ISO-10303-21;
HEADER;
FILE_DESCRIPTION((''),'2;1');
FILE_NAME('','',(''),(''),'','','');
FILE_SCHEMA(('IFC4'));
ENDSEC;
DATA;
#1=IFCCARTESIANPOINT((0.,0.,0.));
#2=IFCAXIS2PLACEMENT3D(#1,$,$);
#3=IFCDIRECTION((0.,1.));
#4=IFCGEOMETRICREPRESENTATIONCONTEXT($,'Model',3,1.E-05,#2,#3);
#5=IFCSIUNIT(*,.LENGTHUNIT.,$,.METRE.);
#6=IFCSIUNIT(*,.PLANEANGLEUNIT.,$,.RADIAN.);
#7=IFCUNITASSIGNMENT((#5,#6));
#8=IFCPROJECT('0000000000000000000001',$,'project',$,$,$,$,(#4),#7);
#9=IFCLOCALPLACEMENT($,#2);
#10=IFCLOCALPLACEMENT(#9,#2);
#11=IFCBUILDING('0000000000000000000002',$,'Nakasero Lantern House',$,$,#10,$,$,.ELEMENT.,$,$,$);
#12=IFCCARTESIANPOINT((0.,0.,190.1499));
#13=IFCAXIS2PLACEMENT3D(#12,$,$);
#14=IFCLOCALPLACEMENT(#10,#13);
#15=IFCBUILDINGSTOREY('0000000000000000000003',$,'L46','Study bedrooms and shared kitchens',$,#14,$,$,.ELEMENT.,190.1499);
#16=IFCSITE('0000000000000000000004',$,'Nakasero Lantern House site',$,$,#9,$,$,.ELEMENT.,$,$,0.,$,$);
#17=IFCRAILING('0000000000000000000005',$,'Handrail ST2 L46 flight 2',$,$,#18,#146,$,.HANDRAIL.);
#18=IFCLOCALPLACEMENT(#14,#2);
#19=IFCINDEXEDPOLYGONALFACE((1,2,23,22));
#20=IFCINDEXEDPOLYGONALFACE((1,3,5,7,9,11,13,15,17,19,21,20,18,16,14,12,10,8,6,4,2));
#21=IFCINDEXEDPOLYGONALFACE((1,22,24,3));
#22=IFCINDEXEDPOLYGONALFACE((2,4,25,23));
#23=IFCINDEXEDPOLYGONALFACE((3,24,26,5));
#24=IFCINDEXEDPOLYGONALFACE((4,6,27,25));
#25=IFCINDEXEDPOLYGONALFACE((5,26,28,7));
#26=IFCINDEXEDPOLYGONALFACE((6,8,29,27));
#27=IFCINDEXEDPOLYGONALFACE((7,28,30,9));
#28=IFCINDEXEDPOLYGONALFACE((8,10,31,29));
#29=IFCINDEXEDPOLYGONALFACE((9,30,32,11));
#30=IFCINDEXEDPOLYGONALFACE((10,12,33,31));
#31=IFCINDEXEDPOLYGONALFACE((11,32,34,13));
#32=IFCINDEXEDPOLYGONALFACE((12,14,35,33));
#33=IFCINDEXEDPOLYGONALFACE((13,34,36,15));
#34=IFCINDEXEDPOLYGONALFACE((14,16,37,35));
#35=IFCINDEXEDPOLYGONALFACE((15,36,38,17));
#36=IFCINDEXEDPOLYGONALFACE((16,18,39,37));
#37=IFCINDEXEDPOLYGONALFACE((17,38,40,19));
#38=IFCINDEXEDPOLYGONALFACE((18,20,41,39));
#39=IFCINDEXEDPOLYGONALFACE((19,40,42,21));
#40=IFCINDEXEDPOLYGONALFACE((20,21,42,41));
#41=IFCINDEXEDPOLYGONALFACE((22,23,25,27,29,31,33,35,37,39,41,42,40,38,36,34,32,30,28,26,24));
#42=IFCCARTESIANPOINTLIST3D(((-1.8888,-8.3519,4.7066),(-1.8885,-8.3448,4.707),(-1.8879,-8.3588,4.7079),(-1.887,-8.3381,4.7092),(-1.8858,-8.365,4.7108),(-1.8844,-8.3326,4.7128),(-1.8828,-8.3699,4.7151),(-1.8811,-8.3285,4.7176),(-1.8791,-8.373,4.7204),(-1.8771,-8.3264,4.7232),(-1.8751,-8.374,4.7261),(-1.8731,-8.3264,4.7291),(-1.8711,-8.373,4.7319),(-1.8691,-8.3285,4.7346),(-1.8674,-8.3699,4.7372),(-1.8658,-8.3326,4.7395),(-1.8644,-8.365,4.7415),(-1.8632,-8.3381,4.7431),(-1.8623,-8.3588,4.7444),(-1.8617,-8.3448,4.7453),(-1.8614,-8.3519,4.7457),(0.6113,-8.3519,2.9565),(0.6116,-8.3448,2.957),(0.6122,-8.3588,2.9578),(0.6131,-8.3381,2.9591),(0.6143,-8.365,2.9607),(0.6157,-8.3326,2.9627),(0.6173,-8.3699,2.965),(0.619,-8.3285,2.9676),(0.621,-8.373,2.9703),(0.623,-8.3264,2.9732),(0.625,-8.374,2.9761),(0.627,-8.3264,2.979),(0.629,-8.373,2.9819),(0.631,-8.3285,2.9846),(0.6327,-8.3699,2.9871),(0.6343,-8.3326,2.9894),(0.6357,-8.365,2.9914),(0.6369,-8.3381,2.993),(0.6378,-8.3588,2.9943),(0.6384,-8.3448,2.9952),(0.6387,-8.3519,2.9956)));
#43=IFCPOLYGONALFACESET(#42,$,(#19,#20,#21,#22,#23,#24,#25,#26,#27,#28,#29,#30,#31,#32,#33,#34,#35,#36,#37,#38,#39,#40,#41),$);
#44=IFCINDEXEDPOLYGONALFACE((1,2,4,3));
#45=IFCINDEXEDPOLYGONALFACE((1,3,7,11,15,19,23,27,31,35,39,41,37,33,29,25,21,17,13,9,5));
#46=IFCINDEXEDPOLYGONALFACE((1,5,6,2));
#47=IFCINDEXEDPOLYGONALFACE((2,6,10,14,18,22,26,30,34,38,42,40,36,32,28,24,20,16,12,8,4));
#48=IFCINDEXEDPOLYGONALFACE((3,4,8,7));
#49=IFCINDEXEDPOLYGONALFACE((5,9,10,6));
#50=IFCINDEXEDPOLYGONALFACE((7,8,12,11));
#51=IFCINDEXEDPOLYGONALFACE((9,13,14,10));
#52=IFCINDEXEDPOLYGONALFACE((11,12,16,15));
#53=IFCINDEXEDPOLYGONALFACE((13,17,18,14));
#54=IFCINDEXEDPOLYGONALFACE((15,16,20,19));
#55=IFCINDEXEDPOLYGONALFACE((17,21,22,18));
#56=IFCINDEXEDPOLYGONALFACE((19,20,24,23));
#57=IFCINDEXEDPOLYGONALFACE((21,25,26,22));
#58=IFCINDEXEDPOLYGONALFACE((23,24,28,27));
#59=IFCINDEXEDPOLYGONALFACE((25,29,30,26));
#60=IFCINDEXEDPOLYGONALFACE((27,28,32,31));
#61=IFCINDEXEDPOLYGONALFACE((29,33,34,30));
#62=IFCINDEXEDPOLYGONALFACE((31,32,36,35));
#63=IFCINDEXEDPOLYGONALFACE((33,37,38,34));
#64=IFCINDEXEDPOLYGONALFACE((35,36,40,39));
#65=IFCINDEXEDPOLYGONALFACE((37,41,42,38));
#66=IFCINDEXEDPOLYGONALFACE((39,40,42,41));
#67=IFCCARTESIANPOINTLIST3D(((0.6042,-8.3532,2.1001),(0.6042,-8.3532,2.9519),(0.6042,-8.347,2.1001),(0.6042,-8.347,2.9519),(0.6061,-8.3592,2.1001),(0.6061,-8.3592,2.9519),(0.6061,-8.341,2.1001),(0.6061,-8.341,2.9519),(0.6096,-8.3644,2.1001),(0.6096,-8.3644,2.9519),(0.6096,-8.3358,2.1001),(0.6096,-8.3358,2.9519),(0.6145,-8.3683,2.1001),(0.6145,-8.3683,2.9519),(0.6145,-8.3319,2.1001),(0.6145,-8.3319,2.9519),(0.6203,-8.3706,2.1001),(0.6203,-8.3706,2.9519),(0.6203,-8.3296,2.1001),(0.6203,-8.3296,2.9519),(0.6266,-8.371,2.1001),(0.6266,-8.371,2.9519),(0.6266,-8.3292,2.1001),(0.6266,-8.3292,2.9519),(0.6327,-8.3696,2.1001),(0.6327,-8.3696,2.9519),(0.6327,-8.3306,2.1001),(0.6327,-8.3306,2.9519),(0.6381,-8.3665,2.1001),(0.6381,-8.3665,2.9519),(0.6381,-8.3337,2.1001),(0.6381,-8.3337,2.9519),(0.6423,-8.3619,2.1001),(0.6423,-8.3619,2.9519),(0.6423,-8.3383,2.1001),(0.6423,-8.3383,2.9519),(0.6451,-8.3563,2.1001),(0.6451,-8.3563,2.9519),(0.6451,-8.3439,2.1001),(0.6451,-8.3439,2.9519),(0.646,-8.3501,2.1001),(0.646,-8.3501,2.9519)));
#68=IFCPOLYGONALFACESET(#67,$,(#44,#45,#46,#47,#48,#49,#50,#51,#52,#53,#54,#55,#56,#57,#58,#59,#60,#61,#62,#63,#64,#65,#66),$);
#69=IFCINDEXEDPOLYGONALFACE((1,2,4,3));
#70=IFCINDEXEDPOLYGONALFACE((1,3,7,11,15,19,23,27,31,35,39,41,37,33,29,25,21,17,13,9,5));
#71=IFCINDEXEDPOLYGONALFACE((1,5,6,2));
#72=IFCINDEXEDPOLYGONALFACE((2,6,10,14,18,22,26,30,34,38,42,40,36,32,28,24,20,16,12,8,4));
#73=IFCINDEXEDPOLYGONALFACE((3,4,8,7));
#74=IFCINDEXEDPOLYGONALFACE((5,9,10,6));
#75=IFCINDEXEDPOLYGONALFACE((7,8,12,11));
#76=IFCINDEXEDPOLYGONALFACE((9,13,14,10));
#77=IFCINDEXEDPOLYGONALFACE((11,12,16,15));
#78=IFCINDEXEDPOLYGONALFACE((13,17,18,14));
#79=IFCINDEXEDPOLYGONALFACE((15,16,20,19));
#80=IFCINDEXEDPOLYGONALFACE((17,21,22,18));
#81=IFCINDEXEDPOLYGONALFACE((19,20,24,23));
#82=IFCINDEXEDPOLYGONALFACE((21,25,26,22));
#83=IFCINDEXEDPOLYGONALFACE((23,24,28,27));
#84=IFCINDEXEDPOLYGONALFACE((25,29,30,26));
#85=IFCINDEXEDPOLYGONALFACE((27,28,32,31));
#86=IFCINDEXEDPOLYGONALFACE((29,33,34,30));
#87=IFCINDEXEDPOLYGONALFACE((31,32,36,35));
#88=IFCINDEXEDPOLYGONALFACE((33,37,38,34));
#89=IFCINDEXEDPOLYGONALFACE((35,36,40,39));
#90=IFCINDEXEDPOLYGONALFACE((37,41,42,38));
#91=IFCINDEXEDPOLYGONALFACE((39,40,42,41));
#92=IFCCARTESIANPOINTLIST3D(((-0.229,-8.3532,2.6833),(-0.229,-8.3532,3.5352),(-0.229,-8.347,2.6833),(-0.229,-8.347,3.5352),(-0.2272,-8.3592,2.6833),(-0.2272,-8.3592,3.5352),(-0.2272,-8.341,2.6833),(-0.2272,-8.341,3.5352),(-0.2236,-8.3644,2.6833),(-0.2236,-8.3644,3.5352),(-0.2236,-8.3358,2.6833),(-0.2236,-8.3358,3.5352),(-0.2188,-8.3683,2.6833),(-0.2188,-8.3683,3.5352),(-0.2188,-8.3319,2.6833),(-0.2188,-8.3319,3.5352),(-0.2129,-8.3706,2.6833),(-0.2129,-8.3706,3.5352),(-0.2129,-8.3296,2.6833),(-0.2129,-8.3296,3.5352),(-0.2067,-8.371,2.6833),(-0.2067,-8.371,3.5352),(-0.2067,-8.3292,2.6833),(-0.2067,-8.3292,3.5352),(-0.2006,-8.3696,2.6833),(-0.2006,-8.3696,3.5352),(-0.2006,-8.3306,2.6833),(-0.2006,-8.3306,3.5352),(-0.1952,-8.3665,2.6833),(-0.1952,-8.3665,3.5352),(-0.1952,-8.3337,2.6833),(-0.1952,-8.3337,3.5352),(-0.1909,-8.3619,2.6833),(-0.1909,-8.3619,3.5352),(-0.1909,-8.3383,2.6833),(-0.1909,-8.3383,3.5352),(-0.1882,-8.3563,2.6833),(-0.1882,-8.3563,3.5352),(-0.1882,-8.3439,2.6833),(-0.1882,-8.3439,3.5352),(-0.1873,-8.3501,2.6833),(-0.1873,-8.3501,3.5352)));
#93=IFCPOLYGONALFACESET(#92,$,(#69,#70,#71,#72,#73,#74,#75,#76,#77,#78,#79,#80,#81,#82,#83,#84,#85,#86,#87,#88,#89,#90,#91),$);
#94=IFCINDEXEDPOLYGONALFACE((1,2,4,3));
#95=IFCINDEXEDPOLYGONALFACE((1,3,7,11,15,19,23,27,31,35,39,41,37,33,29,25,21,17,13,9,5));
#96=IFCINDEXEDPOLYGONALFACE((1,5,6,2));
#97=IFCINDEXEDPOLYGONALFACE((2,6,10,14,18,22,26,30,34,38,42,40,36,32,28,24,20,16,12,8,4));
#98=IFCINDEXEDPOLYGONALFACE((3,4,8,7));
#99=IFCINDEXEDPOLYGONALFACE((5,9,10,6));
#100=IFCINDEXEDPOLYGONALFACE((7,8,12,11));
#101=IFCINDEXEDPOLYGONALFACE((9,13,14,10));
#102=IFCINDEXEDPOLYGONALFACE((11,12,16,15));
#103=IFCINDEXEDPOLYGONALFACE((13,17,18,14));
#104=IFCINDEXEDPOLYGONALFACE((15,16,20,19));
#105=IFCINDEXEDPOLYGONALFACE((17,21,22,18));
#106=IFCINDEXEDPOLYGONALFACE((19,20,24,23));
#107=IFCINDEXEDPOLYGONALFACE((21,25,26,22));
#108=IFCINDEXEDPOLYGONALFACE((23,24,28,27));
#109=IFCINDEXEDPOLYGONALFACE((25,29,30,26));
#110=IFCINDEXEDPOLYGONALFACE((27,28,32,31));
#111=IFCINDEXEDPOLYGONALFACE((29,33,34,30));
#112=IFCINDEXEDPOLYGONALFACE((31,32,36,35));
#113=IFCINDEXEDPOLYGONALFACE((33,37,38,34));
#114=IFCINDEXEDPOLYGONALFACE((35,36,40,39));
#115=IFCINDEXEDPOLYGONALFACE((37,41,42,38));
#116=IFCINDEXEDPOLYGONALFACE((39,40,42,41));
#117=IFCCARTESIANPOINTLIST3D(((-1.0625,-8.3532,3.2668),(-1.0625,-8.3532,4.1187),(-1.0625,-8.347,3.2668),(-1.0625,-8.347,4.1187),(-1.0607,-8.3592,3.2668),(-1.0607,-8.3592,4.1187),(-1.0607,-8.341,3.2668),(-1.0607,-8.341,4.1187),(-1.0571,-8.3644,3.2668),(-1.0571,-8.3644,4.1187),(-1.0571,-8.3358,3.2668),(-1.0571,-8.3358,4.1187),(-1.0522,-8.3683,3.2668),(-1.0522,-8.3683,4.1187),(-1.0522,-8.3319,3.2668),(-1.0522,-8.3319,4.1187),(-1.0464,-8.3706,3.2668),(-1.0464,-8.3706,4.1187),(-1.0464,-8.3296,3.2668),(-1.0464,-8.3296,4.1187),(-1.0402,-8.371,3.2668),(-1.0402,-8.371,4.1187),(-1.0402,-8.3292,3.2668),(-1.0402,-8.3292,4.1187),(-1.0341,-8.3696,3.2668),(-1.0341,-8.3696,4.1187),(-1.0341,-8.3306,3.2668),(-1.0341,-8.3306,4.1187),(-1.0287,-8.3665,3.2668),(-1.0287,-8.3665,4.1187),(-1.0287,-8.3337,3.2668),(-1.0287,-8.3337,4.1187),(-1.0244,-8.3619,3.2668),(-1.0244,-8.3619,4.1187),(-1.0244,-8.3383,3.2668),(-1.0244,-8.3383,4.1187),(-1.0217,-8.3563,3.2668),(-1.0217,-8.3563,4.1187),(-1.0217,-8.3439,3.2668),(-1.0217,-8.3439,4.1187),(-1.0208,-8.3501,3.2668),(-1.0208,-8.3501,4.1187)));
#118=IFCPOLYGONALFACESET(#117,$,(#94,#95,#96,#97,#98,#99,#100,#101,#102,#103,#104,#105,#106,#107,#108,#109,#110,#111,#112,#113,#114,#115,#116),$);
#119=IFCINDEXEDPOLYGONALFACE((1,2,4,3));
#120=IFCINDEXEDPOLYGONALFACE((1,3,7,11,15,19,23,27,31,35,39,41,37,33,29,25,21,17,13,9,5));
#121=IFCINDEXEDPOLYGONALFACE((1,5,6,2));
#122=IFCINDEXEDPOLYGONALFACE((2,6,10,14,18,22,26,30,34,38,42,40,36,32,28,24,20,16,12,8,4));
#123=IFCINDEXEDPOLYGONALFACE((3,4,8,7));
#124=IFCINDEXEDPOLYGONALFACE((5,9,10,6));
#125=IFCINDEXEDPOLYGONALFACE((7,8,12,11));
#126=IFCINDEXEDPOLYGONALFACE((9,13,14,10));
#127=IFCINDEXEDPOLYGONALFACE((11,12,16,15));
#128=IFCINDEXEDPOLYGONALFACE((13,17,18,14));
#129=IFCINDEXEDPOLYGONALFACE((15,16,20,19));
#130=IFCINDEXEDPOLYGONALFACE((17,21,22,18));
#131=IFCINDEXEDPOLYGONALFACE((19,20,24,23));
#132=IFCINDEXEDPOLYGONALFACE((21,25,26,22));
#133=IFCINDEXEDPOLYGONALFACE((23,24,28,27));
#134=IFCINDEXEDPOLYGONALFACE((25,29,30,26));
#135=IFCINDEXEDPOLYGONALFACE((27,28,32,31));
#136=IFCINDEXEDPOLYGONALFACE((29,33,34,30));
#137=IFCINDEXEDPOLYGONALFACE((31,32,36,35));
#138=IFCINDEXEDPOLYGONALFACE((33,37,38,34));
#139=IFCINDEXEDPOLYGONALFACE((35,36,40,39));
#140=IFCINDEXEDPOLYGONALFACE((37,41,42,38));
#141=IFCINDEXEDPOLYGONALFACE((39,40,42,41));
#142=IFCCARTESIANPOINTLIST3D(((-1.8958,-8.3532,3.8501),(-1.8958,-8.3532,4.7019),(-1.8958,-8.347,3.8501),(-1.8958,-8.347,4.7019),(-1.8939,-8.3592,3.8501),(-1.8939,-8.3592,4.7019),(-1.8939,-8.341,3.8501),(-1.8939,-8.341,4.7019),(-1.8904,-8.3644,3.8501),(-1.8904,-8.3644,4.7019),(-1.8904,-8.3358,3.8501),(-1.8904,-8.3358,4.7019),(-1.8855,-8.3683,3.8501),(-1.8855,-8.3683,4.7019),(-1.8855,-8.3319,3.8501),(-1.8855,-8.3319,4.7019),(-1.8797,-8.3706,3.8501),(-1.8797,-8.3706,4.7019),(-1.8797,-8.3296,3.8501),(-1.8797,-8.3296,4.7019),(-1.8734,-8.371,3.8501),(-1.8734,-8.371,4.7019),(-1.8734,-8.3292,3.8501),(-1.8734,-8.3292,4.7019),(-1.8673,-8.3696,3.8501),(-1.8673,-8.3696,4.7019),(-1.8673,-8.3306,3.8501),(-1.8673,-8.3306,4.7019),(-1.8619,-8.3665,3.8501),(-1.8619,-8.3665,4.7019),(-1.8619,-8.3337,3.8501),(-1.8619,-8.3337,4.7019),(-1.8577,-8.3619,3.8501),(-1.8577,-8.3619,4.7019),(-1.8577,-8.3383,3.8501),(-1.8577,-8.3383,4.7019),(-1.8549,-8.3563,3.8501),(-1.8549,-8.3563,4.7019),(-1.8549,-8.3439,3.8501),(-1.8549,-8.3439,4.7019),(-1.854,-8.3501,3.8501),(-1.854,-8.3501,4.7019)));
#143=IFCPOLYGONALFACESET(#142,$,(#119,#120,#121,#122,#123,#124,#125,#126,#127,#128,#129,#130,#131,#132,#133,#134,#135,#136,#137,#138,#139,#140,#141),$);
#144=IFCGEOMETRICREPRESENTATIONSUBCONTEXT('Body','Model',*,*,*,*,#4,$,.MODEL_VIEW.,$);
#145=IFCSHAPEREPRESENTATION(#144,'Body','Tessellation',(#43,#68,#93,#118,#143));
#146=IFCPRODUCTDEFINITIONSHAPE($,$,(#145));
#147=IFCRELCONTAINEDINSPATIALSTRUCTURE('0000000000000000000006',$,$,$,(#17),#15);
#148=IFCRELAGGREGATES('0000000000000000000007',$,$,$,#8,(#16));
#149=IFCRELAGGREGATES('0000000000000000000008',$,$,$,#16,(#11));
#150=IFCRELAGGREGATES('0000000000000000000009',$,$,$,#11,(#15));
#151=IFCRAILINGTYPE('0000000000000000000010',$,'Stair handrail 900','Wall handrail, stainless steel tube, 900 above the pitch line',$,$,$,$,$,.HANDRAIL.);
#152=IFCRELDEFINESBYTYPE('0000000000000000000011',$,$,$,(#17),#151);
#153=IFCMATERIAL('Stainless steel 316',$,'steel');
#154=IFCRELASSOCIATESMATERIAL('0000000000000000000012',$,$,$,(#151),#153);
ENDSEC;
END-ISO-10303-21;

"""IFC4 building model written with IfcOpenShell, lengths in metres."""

from ifc_helpers import new_model, si_unit, direction, frame, origin, origin_2d, place, context, subcontext, project, spatial, circle, extrude, material, type_object, element, save


model = new_model("IFC4")

# Units and contexts
model_context = context("Model", 3, precision=1e-05, world=origin(), true_north=direction((0.0, 1.0)))
body_context = subcontext(model_context, "Body", "Model", "MODEL_VIEW")
ifc_project = project(units=[si_unit("LENGTHUNIT", "METRE"), si_unit("PLANEANGLEUNIT", "RADIAN")], contexts=[model_context])

# Site, building, storey
site_placement = place(None, origin())
site = spatial("IfcSite", under=ifc_project, at=site_placement, Name="Nakasero Lantern House site", CompositionType="ELEMENT", RefElevation=0.0)
building_placement = place(site_placement, origin())
building = spatial("IfcBuilding", under=site, at=building_placement, Name="Nakasero Lantern House", CompositionType="ELEMENT")
storey_placement = place(building_placement, frame((0.0, 0.0, 190.1499)))
storey = spatial("IfcBuildingStorey", under=building, at=storey_placement, Name="L46", Description="Study bedrooms and shared kitchens", CompositionType="ELEMENT", Elevation=190.1499)

# Railing
ifc_material_1 = material(Name="Stainless steel 316", Category="steel")
railing_type = type_object("IfcRailingType", Name="Stair handrail 900", Description="Wall handrail, stainless steel tube, 900 above the pitch line", PredefinedType="HANDRAIL", material=ifc_material_1)
railing_placement = place(storey_placement, frame((0.625, -8.3501, 2.1001)))
element("IfcRailing", 1, at=railing_placement, inside=storey, type_object=railing_type, Name="Handrail ST2 L46 flight 2", PredefinedType="HANDRAIL", context=body_context, shape_type="SweptSolid", body=[
    extrude(circle(Radius=0.0239, at=origin_2d()), frame((0.0, 0.0, 0.876), z_axis=(-0.819232, 0.0, 0.573462), x_axis=(0.0, -1.0, 0.0)), (0.0, 0.0, 1.0), 3.0518),
    extrude(circle(Radius=0.021, at=origin_2d()), origin(), (0.0, 0.0, 1.0), 0.8518),
    extrude(circle(Radius=0.021, at=origin_2d()), frame((-0.8333, 0.0, 0.5833)), (0.0, 0.0, 1.0), 0.8518),
    extrude(circle(Radius=0.021, at=origin_2d()), frame((-1.6667, 0.0, 1.1667)), (0.0, 0.0, 1.0), 0.8518),
    extrude(circle(Radius=0.021, at=origin_2d()), frame((-2.5, 0.0, 1.75)), (0.0, 0.0, 1.0), 0.8518),
])

save(model, "model.ifc")
